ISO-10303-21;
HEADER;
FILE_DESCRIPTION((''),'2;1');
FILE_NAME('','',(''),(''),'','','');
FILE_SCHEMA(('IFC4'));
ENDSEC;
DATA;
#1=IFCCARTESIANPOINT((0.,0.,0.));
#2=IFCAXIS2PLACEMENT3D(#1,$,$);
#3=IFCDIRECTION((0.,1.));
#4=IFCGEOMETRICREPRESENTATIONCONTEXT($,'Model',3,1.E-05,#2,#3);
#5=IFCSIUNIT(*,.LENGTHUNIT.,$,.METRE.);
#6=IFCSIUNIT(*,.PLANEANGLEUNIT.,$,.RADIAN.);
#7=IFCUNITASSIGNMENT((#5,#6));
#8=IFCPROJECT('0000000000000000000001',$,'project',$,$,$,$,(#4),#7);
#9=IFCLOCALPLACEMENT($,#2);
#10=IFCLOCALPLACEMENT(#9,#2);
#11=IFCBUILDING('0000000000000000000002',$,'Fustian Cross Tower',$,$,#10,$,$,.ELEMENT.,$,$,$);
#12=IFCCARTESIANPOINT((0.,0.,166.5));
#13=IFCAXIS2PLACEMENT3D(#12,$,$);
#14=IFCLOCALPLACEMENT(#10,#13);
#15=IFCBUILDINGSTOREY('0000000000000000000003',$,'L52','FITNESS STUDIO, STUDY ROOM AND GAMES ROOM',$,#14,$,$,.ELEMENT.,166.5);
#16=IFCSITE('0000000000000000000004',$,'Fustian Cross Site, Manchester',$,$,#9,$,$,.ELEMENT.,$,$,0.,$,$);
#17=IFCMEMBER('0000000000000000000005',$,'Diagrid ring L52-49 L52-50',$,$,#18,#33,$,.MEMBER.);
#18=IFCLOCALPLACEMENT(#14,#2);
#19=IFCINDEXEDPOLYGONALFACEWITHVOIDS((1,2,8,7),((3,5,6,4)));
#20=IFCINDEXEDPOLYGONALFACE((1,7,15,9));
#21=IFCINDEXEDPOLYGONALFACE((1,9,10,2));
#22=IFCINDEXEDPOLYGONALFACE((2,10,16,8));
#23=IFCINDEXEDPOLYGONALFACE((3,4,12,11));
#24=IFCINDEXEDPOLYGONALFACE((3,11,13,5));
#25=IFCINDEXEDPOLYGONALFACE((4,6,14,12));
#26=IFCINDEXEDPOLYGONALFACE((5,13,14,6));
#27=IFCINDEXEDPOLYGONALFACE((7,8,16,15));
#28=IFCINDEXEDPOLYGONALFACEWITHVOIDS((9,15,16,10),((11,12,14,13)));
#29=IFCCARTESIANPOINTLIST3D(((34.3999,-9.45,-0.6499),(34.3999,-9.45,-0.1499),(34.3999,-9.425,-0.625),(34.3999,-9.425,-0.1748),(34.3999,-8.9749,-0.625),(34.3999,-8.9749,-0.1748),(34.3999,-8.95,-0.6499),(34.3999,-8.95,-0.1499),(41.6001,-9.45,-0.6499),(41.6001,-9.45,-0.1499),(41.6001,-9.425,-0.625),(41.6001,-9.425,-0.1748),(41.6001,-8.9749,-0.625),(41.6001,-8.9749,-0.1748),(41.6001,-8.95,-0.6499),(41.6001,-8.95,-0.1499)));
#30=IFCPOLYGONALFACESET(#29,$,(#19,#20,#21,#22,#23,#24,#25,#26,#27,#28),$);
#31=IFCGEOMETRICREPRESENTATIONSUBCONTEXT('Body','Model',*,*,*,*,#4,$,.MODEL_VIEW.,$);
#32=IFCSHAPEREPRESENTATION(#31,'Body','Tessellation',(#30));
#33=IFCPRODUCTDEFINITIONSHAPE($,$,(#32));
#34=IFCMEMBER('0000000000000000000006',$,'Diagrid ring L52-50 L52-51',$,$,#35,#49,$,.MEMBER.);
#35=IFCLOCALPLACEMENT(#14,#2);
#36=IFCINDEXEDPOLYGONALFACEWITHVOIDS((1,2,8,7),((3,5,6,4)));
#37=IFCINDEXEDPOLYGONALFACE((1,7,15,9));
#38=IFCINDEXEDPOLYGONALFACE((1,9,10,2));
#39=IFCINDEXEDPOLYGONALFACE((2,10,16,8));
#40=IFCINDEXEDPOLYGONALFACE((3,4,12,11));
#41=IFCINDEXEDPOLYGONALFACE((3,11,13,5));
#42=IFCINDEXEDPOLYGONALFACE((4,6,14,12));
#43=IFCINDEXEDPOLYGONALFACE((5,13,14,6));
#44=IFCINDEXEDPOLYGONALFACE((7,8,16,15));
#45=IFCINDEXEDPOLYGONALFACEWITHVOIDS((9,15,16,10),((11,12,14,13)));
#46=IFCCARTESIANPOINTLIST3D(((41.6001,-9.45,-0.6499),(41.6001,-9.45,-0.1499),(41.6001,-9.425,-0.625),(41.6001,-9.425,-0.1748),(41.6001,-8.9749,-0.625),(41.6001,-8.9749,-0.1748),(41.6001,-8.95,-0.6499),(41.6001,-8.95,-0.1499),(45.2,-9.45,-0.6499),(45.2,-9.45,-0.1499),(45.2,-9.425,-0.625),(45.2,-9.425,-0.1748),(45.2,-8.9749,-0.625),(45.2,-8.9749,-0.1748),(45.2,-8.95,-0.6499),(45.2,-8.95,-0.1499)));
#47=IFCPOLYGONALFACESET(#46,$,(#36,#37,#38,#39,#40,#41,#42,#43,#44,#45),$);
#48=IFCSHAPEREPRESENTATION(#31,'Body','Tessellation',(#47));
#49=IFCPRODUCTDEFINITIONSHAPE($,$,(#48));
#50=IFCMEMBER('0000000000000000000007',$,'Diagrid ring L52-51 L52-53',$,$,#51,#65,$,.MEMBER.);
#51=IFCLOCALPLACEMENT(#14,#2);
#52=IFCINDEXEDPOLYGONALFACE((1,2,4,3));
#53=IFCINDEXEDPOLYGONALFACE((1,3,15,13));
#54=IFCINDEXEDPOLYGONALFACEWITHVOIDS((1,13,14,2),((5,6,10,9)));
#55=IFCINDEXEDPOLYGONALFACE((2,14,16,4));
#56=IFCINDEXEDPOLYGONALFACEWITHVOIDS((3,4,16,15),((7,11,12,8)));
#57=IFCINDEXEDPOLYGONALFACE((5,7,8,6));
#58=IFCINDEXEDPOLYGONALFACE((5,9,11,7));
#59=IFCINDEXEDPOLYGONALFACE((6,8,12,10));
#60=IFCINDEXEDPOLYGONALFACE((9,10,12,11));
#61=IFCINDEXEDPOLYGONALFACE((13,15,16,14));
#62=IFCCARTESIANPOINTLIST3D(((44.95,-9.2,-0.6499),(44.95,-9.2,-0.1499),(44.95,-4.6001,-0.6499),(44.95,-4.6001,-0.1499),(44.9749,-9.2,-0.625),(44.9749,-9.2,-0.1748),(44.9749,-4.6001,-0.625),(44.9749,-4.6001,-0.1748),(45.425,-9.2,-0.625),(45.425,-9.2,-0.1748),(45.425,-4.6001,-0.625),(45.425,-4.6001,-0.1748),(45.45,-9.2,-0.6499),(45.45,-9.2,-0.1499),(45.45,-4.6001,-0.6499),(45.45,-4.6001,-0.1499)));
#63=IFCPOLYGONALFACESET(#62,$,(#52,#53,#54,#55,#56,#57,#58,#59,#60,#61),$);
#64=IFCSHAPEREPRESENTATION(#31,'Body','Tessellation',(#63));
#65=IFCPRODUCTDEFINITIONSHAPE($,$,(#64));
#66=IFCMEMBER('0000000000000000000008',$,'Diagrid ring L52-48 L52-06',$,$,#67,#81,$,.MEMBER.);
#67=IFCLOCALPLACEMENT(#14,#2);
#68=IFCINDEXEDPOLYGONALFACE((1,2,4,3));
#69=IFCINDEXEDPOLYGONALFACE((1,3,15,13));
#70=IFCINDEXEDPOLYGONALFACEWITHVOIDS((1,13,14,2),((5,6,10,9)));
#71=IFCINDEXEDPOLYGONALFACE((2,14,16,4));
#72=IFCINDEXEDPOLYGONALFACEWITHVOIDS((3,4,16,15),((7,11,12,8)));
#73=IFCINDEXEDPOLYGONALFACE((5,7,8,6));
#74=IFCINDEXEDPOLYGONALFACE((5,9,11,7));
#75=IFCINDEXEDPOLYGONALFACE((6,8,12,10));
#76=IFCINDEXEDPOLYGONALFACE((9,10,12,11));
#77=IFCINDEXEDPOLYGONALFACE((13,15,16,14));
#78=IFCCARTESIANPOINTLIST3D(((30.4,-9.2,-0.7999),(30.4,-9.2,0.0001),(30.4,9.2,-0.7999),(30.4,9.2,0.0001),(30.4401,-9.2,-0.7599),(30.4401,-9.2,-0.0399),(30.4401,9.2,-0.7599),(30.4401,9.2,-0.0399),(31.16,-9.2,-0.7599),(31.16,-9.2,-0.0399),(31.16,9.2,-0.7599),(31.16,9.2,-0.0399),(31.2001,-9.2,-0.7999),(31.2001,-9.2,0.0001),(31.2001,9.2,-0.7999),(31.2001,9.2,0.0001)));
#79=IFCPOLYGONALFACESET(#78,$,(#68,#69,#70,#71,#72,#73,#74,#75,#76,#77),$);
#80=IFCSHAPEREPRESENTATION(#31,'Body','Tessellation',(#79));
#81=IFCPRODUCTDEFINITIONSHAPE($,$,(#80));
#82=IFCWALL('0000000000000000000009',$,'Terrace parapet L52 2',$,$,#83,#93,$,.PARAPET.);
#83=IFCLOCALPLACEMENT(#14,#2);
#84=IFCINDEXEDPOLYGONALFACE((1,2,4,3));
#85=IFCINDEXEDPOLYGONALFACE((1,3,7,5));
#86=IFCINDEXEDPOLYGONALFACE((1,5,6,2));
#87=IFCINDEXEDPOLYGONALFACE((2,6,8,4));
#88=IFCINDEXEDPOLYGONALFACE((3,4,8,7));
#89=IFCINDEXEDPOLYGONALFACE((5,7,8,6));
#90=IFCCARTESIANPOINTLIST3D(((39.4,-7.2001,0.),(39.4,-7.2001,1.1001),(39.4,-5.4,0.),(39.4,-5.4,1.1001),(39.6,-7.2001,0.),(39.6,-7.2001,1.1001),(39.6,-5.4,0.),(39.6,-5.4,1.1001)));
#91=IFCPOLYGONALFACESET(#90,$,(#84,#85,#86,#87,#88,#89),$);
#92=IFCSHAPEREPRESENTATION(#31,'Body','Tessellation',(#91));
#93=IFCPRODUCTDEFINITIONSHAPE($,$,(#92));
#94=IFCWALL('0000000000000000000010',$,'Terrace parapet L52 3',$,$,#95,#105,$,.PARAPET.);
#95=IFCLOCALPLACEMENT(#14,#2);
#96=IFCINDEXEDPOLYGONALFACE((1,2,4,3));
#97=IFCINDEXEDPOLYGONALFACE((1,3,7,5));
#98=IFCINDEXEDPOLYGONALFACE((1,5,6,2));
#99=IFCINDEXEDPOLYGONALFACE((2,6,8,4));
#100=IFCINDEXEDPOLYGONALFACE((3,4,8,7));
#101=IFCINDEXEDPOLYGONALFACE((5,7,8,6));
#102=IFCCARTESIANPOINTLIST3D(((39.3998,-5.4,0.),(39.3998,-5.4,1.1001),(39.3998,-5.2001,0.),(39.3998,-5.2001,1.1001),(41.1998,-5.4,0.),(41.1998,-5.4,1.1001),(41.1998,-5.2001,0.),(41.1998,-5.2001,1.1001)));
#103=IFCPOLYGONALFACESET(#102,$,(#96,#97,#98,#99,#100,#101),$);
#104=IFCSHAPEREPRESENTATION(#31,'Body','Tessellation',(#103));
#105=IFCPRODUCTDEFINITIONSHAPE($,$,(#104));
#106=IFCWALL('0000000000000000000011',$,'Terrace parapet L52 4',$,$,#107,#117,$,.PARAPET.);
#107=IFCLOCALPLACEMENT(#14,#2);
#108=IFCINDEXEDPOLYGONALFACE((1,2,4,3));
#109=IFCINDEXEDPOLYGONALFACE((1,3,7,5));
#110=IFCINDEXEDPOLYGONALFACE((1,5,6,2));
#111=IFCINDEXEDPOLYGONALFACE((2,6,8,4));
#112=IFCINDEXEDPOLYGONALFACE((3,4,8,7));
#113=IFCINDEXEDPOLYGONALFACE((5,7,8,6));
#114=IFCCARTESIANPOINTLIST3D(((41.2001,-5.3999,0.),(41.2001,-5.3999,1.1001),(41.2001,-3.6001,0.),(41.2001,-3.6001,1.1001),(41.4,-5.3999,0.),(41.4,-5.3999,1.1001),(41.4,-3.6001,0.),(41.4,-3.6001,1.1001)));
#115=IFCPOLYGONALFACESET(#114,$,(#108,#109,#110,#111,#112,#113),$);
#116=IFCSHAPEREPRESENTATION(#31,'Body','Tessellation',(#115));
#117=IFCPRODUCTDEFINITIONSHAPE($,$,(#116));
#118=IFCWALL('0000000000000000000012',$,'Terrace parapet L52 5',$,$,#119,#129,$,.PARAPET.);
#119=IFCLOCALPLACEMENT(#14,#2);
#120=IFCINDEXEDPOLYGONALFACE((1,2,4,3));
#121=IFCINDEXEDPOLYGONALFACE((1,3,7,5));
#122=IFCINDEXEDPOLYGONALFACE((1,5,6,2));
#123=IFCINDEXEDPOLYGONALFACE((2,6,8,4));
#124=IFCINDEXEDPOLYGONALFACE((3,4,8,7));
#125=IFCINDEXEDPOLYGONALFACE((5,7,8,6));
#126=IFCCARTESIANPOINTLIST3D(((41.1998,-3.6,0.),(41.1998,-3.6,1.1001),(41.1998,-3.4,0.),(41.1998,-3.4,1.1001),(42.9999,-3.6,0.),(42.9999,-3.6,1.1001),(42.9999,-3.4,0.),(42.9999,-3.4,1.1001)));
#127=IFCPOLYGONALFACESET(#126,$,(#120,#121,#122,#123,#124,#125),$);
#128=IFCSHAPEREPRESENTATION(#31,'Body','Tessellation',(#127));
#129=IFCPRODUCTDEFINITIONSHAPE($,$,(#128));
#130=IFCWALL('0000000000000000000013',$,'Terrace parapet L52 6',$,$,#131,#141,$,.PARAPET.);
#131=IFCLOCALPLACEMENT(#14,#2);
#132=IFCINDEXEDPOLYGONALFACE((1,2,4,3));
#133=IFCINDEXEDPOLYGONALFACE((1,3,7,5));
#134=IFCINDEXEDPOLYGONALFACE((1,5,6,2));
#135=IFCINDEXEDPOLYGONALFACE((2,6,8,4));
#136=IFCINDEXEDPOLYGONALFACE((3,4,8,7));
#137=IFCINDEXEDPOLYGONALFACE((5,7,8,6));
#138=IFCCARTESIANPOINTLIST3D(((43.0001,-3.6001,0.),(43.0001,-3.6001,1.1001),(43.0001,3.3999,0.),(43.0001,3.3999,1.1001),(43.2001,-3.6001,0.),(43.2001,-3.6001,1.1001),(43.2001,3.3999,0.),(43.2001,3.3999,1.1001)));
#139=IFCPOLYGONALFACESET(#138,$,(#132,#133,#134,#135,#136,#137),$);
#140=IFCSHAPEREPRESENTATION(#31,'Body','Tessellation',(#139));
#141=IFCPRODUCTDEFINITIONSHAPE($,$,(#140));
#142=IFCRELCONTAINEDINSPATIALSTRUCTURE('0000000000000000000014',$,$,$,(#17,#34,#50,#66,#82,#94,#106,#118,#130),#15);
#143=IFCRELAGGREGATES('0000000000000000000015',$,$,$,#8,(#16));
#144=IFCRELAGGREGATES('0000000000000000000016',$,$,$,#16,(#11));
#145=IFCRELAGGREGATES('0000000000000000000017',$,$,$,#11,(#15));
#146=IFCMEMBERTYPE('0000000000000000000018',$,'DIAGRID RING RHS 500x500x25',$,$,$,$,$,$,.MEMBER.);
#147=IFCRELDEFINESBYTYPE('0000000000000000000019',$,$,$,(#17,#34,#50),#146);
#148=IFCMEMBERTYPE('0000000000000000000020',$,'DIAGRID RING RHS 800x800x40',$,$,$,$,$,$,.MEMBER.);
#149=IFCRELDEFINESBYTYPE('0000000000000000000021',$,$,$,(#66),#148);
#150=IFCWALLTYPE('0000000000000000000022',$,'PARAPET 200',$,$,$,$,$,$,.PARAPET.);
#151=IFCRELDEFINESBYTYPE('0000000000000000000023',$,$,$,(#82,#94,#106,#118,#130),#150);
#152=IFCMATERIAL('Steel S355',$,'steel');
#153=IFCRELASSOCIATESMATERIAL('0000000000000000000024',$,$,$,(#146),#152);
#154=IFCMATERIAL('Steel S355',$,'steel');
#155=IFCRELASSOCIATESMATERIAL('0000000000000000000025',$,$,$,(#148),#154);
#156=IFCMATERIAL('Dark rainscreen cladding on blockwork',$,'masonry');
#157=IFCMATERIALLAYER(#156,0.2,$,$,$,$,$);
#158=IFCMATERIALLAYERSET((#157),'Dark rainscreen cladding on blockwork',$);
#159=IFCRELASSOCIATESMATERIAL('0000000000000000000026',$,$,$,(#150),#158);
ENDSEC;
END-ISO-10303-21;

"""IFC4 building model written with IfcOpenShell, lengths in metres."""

from ifc_helpers import new_model, si_unit, direction, frame, frame_2d, origin, origin_2d, place, context, subcontext, project, spatial, rectangle, hollow_rectangle, extrude, material, layer, layer_set, material_profile, profile_set, type_object, element, save


model = new_model("IFC4")

# Units and contexts
model_context = context("Model", 3, precision=1e-05, world=origin(), true_north=direction((0.0, 1.0)))
body_context = subcontext(model_context, "Body", "Model", "MODEL_VIEW")
ifc_project = project(units=[si_unit("LENGTHUNIT", "METRE"), si_unit("PLANEANGLEUNIT", "RADIAN")], contexts=[model_context])

# Site, building, storey
site_placement = place(None, origin())
site = spatial("IfcSite", under=ifc_project, at=site_placement, Name="Fustian Cross Site, Manchester", CompositionType="ELEMENT", RefElevation=0.0)
building_placement = place(site_placement, origin())
building = spatial("IfcBuilding", under=site, at=building_placement, Name="Fustian Cross Tower", CompositionType="ELEMENT")
storey_placement = place(building_placement, frame((0.0, 0.0, 166.5)))
storey = spatial("IfcBuildingStorey", under=building, at=storey_placement, Name="L52", Description="FITNESS STUDIO, STUDY ROOM AND GAMES ROOM", CompositionType="ELEMENT", Elevation=166.5)

# Members
ifc_material_1 = material(Name="Steel S355", Category="steel")
ifc_material_profile_1 = material_profile(ifc_material_1, hollow_rectangle(XDim=0.5, YDim=0.5, WallThickness=0.0249, at=origin_2d()), Name="RHS 500x500x25")
ifc_profile_set_1 = profile_set([ifc_material_profile_1], Name="Steel S355")
member_type_1 = type_object("IfcMemberType", Name="DIAGRID RING RHS 500x500x25", PredefinedType="MEMBER", material=ifc_profile_set_1)
member_1_placement = place(storey_placement, frame((34.3999, -9.2, -0.3999), z_axis=(1.0, 0.0, 0.0), x_axis=(0.0, 1.0, 0.0)))
element("IfcMember", 1, at=member_1_placement, inside=storey, type_object=member_type_1, Name="Diagrid ring L52-49 L52-50", PredefinedType="MEMBER", context=body_context, shape_type="SweptSolid", body=[
    extrude(hollow_rectangle(XDim=0.5, YDim=0.5, WallThickness=0.0249, at=origin_2d()), origin(), (0.0, 0.0, 1.0), 7.2002),
])
member_2_placement = place(storey_placement, frame((41.6001, -9.2, -0.3999), z_axis=(1.0, 0.0, 0.0), x_axis=(0.0, 1.0, 0.0)))
element("IfcMember", 2, at=member_2_placement, inside=storey, type_object=member_type_1, Name="Diagrid ring L52-50 L52-51", PredefinedType="MEMBER", context=body_context, shape_type="SweptSolid", body=[
    extrude(hollow_rectangle(XDim=0.5, YDim=0.5, WallThickness=0.0249, at=origin_2d()), origin(), (0.0, 0.0, 1.0), 3.5999),
])
member_3_placement = place(storey_placement, frame((45.2, -9.2, -0.3999), z_axis=(0.0, 1.0, 0.0), x_axis=(-1.0, 0.0, 0.0)))
element("IfcMember", 3, at=member_3_placement, inside=storey, type_object=member_type_1, Name="Diagrid ring L52-51 L52-53", PredefinedType="MEMBER", context=body_context, shape_type="SweptSolid", body=[
    extrude(hollow_rectangle(XDim=0.5, YDim=0.5, WallThickness=0.0249, at=origin_2d()), origin(), (0.0, 0.0, 1.0), 4.5999),
])
ifc_material_2 = material(Name="Steel S355", Category="steel")
ifc_material_profile_2 = material_profile(ifc_material_2, hollow_rectangle(XDim=0.8, YDim=0.8, WallThickness=0.04, at=origin_2d()), Name="RHS 800x800x40")
ifc_profile_set_2 = profile_set([ifc_material_profile_2], Name="Steel S355")
member_type_2 = type_object("IfcMemberType", Name="DIAGRID RING RHS 800x800x40", PredefinedType="MEMBER", material=ifc_profile_set_2)
member_4_placement = place(storey_placement, frame((30.8, -9.2, -0.3999), z_axis=(0.0, 1.0, 0.0), x_axis=(-1.0, 0.0, 0.0)))
element("IfcMember", 4, at=member_4_placement, inside=storey, type_object=member_type_2, Name="Diagrid ring L52-48 L52-06", PredefinedType="MEMBER", context=body_context, shape_type="SweptSolid", body=[
    extrude(hollow_rectangle(XDim=0.8, YDim=0.8, WallThickness=0.04, at=origin_2d()), origin(), (0.0, 0.0, 1.0), 18.3999),
])

# Walls
ifc_material_3 = material(Name="Dark rainscreen cladding on blockwork", Category="masonry")
ifc_layer_1 = layer(ifc_material_3, 0.2)
ifc_layer_set_1 = layer_set([ifc_layer_1], Name="Dark rainscreen cladding on blockwork")
wall_type_1 = type_object("IfcWallType", Name="PARAPET 200", PredefinedType="PARAPET", material=ifc_layer_set_1)
for number, where, z_axis, x_axis, name in (
    (5, (39.5, -7.2, 0.0), (0.0, 0.0, 1.0), (0.0, 1.0, 0.0), "Terrace parapet L52 2"),
    (6, (39.3999, -5.3, 0.0), (0.0, 0.0, 1.0), (1.0, 0.0, 0.0), "Terrace parapet L52 3"),
):
    element("IfcWall", number, at=place(storey_placement, frame(where, z_axis=z_axis, x_axis=x_axis)), inside=storey, type_object=wall_type_1, Name=name, PredefinedType="PARAPET", context=body_context, shape_type="SweptSolid", body=[
        extrude(rectangle(XDim=1.8, YDim=0.2, at=frame_2d((0.8999, 0.0))), origin(), (0.0, 0.0, 1.0), 1.1001),
    ])
wall_1_placement = place(storey_placement, frame((41.3, -5.3999, 0.0), z_axis=(0.0, 0.0, 1.0), x_axis=(0.0, 1.0, 0.0)))
element("IfcWall", 7, at=wall_1_placement, inside=storey, type_object=wall_type_1, Name="Terrace parapet L52 4", PredefinedType="PARAPET", context=body_context, shape_type="SweptSolid", body=[
    extrude(rectangle(XDim=1.7998, YDim=0.2, at=frame_2d((0.8999, 0.0))), origin(), (0.0, 0.0, 1.0), 1.1001),
])
wall_2_placement = place(storey_placement, frame((41.2, -3.5, 0.0), z_axis=(0.0, 0.0, 1.0), x_axis=(1.0, 0.0, 0.0)))
element("IfcWall", 8, at=wall_2_placement, inside=storey, type_object=wall_type_1, Name="Terrace parapet L52 5", PredefinedType="PARAPET", context=body_context, shape_type="SweptSolid", body=[
    extrude(rectangle(XDim=1.8, YDim=0.2, at=frame_2d((0.8999, 0.0))), origin(), (0.0, 0.0, 1.0), 1.1001),
])
wall_3_placement = place(storey_placement, frame((43.1001, -3.6001, 0.0), z_axis=(0.0, 0.0, 1.0), x_axis=(0.0, 1.0, 0.0)))
element("IfcWall", 9, at=wall_3_placement, inside=storey, type_object=wall_type_1, Name="Terrace parapet L52 6", PredefinedType="PARAPET", context=body_context, shape_type="SweptSolid", body=[
    extrude(rectangle(XDim=7.0, YDim=0.2, at=frame_2d((3.5, 0.0))), origin(), (0.0, 0.0, 1.0), 1.1001),
])

save(model, "model.ifc")
